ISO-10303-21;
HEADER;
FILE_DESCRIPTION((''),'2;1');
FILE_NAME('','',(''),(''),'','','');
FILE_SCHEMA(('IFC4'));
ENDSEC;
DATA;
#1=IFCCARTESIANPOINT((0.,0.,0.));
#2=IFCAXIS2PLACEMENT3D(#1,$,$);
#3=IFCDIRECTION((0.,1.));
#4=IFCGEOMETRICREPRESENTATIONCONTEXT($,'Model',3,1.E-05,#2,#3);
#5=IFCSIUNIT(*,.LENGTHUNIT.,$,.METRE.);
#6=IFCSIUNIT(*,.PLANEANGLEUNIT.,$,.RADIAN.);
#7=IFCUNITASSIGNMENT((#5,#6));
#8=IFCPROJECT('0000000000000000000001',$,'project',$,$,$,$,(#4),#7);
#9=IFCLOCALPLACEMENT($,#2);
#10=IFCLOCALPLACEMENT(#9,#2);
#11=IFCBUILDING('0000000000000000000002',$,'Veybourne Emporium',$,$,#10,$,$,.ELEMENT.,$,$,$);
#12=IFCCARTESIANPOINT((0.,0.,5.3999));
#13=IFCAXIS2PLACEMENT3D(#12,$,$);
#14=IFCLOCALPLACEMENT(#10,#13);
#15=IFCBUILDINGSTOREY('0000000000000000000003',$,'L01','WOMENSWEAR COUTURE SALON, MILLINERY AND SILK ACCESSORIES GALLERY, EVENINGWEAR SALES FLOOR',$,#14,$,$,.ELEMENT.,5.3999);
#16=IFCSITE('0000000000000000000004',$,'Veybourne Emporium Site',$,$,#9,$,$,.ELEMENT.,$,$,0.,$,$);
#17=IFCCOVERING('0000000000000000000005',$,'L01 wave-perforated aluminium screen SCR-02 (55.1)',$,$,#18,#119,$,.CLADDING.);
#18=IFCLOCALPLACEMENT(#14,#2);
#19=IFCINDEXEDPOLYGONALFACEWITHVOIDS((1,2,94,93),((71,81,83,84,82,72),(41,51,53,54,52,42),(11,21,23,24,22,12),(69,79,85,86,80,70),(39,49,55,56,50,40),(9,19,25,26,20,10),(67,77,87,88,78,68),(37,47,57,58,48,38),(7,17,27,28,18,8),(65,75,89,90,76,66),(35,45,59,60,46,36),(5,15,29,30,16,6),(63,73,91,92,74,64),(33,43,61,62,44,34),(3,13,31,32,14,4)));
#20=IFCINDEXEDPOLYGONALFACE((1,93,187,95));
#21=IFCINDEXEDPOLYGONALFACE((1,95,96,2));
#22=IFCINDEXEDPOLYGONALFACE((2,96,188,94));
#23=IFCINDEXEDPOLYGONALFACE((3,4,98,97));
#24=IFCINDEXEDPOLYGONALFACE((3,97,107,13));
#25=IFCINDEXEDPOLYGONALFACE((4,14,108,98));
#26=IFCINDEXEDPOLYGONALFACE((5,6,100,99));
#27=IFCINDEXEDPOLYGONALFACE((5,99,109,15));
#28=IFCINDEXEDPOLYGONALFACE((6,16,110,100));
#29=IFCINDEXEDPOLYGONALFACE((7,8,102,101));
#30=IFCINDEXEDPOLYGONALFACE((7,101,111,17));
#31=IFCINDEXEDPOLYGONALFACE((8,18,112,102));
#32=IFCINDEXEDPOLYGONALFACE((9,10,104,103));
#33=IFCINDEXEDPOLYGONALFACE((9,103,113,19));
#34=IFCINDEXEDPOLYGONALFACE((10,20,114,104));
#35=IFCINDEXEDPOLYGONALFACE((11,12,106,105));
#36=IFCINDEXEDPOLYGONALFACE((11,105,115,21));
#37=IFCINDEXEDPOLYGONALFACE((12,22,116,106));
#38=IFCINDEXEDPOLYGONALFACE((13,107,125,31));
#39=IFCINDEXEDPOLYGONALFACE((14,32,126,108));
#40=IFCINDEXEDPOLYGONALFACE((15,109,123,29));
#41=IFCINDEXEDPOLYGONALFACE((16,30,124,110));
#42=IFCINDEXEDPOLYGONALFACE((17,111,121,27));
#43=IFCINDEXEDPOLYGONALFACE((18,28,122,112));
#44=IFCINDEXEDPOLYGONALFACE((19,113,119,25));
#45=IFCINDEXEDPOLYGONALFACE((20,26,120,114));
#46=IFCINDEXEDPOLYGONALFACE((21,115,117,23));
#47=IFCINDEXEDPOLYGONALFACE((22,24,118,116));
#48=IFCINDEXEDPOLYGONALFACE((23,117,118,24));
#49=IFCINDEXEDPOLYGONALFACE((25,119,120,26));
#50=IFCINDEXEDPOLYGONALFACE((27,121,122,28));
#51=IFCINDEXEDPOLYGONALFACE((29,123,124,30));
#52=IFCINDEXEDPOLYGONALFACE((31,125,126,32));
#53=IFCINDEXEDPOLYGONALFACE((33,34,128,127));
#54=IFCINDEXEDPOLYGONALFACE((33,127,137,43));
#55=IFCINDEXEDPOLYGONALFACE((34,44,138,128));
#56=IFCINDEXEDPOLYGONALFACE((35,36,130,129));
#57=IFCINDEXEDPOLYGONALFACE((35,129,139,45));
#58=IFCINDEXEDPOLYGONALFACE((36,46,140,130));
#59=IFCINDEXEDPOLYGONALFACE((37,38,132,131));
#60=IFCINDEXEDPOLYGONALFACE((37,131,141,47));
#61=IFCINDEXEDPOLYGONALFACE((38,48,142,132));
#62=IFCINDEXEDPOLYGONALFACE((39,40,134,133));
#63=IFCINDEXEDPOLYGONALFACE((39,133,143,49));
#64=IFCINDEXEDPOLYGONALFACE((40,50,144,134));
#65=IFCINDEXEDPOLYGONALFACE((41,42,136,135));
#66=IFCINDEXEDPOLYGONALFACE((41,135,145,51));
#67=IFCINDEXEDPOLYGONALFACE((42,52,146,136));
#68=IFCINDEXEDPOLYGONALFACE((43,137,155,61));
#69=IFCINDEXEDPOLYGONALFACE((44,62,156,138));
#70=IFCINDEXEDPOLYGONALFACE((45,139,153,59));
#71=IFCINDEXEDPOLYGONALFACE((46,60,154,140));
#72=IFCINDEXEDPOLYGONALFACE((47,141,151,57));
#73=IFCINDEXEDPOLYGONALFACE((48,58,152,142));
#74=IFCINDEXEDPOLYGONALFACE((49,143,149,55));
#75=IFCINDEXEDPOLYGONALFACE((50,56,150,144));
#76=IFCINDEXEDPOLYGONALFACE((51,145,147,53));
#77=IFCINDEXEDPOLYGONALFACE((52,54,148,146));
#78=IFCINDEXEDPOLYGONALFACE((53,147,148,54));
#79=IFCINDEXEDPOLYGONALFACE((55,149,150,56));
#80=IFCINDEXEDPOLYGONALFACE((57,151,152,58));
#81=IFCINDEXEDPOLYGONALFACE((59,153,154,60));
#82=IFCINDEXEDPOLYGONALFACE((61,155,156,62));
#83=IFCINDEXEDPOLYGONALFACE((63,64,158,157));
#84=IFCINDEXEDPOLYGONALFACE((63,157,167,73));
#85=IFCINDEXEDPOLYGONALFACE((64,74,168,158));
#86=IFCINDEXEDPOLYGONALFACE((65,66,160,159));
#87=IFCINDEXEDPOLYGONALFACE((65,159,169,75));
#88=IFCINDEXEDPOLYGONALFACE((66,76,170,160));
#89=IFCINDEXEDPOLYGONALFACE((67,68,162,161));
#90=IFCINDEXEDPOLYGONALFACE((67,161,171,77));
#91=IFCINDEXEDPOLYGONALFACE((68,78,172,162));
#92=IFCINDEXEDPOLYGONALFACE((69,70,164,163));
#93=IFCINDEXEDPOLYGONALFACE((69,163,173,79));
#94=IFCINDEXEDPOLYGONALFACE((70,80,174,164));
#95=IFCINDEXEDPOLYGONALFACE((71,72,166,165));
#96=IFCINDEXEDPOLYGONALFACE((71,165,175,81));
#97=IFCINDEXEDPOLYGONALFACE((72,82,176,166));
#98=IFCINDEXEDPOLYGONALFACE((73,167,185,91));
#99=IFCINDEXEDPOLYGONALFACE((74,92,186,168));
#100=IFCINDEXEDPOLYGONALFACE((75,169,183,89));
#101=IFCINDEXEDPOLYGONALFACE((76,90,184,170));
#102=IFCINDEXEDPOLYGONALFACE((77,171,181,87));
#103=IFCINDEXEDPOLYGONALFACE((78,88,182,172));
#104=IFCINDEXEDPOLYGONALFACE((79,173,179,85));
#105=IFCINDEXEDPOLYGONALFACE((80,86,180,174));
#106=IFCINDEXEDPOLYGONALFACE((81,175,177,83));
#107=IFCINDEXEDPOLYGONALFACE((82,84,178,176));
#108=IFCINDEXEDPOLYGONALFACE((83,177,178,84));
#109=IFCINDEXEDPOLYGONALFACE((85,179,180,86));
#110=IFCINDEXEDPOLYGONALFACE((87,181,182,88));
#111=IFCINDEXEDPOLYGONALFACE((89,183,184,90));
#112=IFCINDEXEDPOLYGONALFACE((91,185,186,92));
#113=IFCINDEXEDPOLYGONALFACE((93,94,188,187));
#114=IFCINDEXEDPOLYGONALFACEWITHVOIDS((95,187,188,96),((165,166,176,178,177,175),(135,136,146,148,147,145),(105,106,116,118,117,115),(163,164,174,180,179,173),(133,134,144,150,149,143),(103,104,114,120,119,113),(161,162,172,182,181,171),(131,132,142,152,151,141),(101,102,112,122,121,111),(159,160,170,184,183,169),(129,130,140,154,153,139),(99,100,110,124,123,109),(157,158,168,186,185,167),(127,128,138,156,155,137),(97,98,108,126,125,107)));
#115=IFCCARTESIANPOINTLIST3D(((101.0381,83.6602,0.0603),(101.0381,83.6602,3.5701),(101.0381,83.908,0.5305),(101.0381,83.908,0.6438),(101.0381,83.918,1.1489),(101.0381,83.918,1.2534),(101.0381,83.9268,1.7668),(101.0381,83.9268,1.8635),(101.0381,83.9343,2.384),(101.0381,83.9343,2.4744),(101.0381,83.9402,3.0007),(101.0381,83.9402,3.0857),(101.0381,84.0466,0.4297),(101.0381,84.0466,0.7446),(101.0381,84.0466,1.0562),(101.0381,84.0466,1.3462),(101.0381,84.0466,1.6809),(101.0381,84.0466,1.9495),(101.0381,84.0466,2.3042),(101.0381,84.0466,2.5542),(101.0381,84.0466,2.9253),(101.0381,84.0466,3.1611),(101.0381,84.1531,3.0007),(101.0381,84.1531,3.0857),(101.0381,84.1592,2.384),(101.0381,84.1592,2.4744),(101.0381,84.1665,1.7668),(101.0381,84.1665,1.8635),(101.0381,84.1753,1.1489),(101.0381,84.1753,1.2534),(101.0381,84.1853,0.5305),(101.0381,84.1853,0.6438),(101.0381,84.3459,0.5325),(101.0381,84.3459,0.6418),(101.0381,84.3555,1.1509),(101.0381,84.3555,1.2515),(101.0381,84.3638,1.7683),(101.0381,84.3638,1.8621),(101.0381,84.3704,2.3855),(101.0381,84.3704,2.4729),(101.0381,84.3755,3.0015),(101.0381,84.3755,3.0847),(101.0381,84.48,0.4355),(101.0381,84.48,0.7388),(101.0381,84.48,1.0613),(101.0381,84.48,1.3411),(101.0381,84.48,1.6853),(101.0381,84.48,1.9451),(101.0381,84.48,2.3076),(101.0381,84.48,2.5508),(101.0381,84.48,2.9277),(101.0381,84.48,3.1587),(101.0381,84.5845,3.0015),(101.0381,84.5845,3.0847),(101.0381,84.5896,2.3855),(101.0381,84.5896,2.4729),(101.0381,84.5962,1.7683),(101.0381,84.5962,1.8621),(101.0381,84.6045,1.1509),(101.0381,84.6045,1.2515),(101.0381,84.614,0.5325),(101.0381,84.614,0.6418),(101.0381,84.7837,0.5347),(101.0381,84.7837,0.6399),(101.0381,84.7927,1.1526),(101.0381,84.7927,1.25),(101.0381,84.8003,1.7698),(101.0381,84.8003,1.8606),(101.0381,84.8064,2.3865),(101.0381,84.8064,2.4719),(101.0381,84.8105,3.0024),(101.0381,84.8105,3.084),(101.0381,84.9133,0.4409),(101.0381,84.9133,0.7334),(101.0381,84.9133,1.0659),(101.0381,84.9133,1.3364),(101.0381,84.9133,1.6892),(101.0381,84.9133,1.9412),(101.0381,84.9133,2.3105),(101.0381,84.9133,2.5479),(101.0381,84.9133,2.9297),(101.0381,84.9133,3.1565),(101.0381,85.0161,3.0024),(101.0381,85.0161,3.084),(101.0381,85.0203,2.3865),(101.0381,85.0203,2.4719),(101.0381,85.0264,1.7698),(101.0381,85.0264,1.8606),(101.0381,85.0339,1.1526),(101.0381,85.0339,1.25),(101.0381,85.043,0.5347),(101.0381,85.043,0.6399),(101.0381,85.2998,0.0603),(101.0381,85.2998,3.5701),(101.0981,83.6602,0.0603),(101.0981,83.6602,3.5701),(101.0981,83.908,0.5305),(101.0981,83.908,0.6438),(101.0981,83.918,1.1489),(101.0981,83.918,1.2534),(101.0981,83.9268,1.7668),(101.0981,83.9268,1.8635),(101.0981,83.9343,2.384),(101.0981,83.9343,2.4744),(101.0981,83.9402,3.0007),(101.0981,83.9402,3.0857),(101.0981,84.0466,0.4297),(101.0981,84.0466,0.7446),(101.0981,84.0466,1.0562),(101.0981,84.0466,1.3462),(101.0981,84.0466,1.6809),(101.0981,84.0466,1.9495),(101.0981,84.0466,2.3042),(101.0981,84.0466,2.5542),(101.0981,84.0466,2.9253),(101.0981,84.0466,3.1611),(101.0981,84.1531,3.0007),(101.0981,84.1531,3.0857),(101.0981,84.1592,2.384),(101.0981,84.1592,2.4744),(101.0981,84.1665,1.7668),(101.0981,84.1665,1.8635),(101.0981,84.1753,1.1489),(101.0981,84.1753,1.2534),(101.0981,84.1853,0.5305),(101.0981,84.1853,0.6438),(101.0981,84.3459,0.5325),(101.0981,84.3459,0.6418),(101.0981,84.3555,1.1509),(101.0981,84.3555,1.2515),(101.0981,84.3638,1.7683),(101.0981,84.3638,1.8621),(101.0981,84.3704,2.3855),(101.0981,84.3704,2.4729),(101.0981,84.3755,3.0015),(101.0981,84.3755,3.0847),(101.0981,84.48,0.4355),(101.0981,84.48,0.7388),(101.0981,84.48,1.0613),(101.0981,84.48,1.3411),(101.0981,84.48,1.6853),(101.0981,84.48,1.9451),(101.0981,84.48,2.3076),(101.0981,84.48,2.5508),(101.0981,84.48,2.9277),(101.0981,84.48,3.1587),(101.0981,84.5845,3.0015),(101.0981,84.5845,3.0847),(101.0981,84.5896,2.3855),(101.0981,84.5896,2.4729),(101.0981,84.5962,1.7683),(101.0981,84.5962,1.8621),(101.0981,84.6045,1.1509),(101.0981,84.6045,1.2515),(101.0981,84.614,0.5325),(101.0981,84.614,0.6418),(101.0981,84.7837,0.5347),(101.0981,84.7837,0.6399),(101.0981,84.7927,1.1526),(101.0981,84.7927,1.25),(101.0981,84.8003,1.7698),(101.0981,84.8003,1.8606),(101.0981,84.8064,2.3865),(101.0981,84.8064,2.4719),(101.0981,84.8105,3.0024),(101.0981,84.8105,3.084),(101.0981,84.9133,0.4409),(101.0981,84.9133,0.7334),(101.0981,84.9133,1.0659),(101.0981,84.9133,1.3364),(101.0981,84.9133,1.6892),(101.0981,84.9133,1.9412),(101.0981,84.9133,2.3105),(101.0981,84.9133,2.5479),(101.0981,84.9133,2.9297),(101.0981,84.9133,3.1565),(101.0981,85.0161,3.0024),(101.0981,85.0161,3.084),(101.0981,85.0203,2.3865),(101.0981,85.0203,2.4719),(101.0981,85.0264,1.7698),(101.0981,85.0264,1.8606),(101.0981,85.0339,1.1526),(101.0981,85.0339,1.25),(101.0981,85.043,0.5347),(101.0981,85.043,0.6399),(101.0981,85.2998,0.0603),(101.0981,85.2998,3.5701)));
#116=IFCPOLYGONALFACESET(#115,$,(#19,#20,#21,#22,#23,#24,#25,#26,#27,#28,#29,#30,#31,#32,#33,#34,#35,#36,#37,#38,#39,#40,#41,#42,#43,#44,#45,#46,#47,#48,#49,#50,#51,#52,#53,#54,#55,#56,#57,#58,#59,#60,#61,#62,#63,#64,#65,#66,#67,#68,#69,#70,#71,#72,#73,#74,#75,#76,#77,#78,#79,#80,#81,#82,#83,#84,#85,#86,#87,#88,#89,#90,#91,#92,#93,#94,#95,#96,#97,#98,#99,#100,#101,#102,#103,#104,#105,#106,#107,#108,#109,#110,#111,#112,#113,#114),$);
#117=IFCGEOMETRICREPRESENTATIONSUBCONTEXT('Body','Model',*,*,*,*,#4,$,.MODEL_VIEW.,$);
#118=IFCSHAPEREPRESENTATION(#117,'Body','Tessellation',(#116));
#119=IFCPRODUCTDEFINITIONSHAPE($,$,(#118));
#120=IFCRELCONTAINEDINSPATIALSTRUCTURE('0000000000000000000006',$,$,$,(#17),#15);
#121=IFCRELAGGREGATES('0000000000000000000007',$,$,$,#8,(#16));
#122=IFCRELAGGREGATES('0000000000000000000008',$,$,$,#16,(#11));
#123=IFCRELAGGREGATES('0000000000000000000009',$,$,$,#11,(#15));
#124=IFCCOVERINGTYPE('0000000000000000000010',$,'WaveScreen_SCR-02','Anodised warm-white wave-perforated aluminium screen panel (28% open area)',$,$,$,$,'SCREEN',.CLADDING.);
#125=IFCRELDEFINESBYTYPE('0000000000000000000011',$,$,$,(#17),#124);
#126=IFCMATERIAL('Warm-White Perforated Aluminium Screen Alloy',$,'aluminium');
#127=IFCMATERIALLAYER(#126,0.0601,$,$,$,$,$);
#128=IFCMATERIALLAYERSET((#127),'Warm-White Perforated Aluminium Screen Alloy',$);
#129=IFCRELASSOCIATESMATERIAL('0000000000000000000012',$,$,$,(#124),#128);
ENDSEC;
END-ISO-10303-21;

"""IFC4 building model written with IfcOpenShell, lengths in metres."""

from ifc_helpers import new_model, si_unit, direction, frame, origin, place, context, subcontext, project, spatial, polyline, outline, extrude, material, layer, layer_set, type_object, element, save


model = new_model("IFC4")

# Units and contexts
model_context = context("Model", 3, precision=1e-05, world=origin(), true_north=direction((0.0, 1.0)))
body_context = subcontext(model_context, "Body", "Model", "MODEL_VIEW")
ifc_project = project(units=[si_unit("LENGTHUNIT", "METRE"), si_unit("PLANEANGLEUNIT", "RADIAN")], contexts=[model_context])

# Site, building, storey
site_placement = place(None, origin())
site = spatial("IfcSite", under=ifc_project, at=site_placement, Name="Veybourne Emporium Site", CompositionType="ELEMENT", RefElevation=0.0)
building_placement = place(site_placement, origin())
building = spatial("IfcBuilding", under=site, at=building_placement, Name="Veybourne Emporium", CompositionType="ELEMENT")
storey_placement = place(building_placement, frame((0.0, 0.0, 5.3999)))
storey = spatial("IfcBuildingStorey", under=building, at=storey_placement, Name="L01", Description="WOMENSWEAR COUTURE SALON, MILLINERY AND SILK ACCESSORIES GALLERY, EVENINGWEAR SALES FLOOR", CompositionType="ELEMENT", Elevation=5.3999)

# Covering
ifc_material_1 = material(Name="Warm-White Perforated Aluminium Screen Alloy", Category="aluminium")
ifc_layer_1 = layer(ifc_material_1, 0.0601)
ifc_layer_set_1 = layer_set([ifc_layer_1], Name="Warm-White Perforated Aluminium Screen Alloy")
covering_type_1 = type_object("IfcCoveringType", Name="WaveScreen_SCR-02", Description="Anodised warm-white wave-perforated aluminium screen panel (28% open area)", ElementType="SCREEN", PredefinedType="CLADDING", material=ifc_layer_set_1)
covering_1_placement = place(storey_placement, frame((101.0981, 84.48, 1.8152), z_axis=(-1.0, 0.0, 0.0), x_axis=(0.0, -1.0, 0.0)))
element("IfcCovering", 1, at=covering_1_placement, inside=storey, type_object=covering_type_1, Name="L01 wave-perforated aluminium screen SCR-02 (55.1)", PredefinedType="CLADDING", context=body_context, shape_type="SweptSolid", body=[
    extrude(outline(polyline([(-0.8198, -1.7549), (0.8198, -1.7549), (0.8198, 1.7549), (-0.8198, 1.7549), (-0.8198, -1.7549)]), holes=[polyline([(-0.4333, -1.0818), (-0.3037, -1.1753), (-0.3037, -1.2805), (-0.4333, -1.3743), (-0.563, -1.2805), (-0.563, -1.1753), (-0.4333, -1.0818)]), polyline([(-0.4333, -0.4788), (-0.3127, -0.5652), (-0.3127, -0.6626), (-0.4333, -0.7493), (-0.554, -0.6626), (-0.554, -0.5652), (-0.4333, -0.4788)]), polyline([(-0.4333, 0.126), (-0.3203, 0.0454), (-0.3203, -0.0454), (-0.4333, -0.126), (-0.5464, -0.0454), (-0.5464, 0.0454), (-0.4333, 0.126)]), polyline([(-0.4333, 0.7327), (-0.3264, 0.6567), (-0.3264, 0.5713), (-0.4333, 0.4954), (-0.5403, 0.5713), (-0.5403, 0.6567), (-0.4333, 0.7327)]), polyline([(-0.4333, 1.3413), (-0.3306, 1.2688), (-0.3306, 1.1873), (-0.4333, 1.1145), (-0.5361, 1.1873), (-0.5361, 1.2688), (-0.4333, 1.3413)]), polyline([(0.0, -1.0764), (0.134, -1.1733), (0.134, -1.2827), (0.0, -1.3796), (-0.134, -1.2827), (-0.134, -1.1733), (0.0, -1.0764)]), polyline([(0.0, -0.4741), (0.1245, -0.5637), (0.1245, -0.6643), (0.0, -0.7539), (-0.1245, -0.6643), (-0.1245, -0.5637), (0.0, -0.4741)]), polyline([(0.0, 0.1299), (0.1162, 0.0469), (0.1162, -0.0469), (0.0, -0.1299), (-0.1162, -0.0469), (-0.1162, 0.0469), (0.0, 0.1299)]), polyline([(0.0, 0.7356), (0.1096, 0.6577), (0.1096, 0.5703), (0.0, 0.4924), (-0.1096, 0.5703), (-0.1096, 0.6577), (0.0, 0.7356)]), polyline([(0.0, 1.3435), (0.1045, 1.2695), (0.1045, 1.1863), (0.0, 1.1125), (-0.1045, 1.1863), (-0.1045, 1.2695), (0.0, 1.3435)]), polyline([(0.4333, -1.0706), (0.572, -1.1714), (0.572, -1.2847), (0.4333, -1.3855), (0.2947, -1.2847), (0.2947, -1.1714), (0.4333, -1.0706)]), polyline([(0.4333, -0.469), (0.562, -0.5618), (0.562, -0.6663), (0.4333, -0.759), (0.3047, -0.6663), (0.3047, -0.5618), (0.4333, -0.469)]), polyline([(0.4333, 0.1343), (0.5532, 0.0483), (0.5532, -0.0483), (0.4333, -0.1343), (0.3135, -0.0483), (0.3135, 0.0483), (0.4333, 0.1343)]), polyline([(0.4333, 0.739), (0.5457, 0.6592), (0.5457, 0.5688), (0.4333, 0.489), (0.3208, 0.5688), (0.3208, 0.6592), (0.4333, 0.739)]), polyline([(0.4333, 1.3459), (0.5398, 1.2705), (0.5398, 1.1855), (0.4333, 1.1101), (0.3269, 1.1855), (0.3269, 1.2705), (0.4333, 1.3459)])]), origin(), (0.0, 0.0, 1.0), 0.0601),
])

save(model, "model.ifc")
